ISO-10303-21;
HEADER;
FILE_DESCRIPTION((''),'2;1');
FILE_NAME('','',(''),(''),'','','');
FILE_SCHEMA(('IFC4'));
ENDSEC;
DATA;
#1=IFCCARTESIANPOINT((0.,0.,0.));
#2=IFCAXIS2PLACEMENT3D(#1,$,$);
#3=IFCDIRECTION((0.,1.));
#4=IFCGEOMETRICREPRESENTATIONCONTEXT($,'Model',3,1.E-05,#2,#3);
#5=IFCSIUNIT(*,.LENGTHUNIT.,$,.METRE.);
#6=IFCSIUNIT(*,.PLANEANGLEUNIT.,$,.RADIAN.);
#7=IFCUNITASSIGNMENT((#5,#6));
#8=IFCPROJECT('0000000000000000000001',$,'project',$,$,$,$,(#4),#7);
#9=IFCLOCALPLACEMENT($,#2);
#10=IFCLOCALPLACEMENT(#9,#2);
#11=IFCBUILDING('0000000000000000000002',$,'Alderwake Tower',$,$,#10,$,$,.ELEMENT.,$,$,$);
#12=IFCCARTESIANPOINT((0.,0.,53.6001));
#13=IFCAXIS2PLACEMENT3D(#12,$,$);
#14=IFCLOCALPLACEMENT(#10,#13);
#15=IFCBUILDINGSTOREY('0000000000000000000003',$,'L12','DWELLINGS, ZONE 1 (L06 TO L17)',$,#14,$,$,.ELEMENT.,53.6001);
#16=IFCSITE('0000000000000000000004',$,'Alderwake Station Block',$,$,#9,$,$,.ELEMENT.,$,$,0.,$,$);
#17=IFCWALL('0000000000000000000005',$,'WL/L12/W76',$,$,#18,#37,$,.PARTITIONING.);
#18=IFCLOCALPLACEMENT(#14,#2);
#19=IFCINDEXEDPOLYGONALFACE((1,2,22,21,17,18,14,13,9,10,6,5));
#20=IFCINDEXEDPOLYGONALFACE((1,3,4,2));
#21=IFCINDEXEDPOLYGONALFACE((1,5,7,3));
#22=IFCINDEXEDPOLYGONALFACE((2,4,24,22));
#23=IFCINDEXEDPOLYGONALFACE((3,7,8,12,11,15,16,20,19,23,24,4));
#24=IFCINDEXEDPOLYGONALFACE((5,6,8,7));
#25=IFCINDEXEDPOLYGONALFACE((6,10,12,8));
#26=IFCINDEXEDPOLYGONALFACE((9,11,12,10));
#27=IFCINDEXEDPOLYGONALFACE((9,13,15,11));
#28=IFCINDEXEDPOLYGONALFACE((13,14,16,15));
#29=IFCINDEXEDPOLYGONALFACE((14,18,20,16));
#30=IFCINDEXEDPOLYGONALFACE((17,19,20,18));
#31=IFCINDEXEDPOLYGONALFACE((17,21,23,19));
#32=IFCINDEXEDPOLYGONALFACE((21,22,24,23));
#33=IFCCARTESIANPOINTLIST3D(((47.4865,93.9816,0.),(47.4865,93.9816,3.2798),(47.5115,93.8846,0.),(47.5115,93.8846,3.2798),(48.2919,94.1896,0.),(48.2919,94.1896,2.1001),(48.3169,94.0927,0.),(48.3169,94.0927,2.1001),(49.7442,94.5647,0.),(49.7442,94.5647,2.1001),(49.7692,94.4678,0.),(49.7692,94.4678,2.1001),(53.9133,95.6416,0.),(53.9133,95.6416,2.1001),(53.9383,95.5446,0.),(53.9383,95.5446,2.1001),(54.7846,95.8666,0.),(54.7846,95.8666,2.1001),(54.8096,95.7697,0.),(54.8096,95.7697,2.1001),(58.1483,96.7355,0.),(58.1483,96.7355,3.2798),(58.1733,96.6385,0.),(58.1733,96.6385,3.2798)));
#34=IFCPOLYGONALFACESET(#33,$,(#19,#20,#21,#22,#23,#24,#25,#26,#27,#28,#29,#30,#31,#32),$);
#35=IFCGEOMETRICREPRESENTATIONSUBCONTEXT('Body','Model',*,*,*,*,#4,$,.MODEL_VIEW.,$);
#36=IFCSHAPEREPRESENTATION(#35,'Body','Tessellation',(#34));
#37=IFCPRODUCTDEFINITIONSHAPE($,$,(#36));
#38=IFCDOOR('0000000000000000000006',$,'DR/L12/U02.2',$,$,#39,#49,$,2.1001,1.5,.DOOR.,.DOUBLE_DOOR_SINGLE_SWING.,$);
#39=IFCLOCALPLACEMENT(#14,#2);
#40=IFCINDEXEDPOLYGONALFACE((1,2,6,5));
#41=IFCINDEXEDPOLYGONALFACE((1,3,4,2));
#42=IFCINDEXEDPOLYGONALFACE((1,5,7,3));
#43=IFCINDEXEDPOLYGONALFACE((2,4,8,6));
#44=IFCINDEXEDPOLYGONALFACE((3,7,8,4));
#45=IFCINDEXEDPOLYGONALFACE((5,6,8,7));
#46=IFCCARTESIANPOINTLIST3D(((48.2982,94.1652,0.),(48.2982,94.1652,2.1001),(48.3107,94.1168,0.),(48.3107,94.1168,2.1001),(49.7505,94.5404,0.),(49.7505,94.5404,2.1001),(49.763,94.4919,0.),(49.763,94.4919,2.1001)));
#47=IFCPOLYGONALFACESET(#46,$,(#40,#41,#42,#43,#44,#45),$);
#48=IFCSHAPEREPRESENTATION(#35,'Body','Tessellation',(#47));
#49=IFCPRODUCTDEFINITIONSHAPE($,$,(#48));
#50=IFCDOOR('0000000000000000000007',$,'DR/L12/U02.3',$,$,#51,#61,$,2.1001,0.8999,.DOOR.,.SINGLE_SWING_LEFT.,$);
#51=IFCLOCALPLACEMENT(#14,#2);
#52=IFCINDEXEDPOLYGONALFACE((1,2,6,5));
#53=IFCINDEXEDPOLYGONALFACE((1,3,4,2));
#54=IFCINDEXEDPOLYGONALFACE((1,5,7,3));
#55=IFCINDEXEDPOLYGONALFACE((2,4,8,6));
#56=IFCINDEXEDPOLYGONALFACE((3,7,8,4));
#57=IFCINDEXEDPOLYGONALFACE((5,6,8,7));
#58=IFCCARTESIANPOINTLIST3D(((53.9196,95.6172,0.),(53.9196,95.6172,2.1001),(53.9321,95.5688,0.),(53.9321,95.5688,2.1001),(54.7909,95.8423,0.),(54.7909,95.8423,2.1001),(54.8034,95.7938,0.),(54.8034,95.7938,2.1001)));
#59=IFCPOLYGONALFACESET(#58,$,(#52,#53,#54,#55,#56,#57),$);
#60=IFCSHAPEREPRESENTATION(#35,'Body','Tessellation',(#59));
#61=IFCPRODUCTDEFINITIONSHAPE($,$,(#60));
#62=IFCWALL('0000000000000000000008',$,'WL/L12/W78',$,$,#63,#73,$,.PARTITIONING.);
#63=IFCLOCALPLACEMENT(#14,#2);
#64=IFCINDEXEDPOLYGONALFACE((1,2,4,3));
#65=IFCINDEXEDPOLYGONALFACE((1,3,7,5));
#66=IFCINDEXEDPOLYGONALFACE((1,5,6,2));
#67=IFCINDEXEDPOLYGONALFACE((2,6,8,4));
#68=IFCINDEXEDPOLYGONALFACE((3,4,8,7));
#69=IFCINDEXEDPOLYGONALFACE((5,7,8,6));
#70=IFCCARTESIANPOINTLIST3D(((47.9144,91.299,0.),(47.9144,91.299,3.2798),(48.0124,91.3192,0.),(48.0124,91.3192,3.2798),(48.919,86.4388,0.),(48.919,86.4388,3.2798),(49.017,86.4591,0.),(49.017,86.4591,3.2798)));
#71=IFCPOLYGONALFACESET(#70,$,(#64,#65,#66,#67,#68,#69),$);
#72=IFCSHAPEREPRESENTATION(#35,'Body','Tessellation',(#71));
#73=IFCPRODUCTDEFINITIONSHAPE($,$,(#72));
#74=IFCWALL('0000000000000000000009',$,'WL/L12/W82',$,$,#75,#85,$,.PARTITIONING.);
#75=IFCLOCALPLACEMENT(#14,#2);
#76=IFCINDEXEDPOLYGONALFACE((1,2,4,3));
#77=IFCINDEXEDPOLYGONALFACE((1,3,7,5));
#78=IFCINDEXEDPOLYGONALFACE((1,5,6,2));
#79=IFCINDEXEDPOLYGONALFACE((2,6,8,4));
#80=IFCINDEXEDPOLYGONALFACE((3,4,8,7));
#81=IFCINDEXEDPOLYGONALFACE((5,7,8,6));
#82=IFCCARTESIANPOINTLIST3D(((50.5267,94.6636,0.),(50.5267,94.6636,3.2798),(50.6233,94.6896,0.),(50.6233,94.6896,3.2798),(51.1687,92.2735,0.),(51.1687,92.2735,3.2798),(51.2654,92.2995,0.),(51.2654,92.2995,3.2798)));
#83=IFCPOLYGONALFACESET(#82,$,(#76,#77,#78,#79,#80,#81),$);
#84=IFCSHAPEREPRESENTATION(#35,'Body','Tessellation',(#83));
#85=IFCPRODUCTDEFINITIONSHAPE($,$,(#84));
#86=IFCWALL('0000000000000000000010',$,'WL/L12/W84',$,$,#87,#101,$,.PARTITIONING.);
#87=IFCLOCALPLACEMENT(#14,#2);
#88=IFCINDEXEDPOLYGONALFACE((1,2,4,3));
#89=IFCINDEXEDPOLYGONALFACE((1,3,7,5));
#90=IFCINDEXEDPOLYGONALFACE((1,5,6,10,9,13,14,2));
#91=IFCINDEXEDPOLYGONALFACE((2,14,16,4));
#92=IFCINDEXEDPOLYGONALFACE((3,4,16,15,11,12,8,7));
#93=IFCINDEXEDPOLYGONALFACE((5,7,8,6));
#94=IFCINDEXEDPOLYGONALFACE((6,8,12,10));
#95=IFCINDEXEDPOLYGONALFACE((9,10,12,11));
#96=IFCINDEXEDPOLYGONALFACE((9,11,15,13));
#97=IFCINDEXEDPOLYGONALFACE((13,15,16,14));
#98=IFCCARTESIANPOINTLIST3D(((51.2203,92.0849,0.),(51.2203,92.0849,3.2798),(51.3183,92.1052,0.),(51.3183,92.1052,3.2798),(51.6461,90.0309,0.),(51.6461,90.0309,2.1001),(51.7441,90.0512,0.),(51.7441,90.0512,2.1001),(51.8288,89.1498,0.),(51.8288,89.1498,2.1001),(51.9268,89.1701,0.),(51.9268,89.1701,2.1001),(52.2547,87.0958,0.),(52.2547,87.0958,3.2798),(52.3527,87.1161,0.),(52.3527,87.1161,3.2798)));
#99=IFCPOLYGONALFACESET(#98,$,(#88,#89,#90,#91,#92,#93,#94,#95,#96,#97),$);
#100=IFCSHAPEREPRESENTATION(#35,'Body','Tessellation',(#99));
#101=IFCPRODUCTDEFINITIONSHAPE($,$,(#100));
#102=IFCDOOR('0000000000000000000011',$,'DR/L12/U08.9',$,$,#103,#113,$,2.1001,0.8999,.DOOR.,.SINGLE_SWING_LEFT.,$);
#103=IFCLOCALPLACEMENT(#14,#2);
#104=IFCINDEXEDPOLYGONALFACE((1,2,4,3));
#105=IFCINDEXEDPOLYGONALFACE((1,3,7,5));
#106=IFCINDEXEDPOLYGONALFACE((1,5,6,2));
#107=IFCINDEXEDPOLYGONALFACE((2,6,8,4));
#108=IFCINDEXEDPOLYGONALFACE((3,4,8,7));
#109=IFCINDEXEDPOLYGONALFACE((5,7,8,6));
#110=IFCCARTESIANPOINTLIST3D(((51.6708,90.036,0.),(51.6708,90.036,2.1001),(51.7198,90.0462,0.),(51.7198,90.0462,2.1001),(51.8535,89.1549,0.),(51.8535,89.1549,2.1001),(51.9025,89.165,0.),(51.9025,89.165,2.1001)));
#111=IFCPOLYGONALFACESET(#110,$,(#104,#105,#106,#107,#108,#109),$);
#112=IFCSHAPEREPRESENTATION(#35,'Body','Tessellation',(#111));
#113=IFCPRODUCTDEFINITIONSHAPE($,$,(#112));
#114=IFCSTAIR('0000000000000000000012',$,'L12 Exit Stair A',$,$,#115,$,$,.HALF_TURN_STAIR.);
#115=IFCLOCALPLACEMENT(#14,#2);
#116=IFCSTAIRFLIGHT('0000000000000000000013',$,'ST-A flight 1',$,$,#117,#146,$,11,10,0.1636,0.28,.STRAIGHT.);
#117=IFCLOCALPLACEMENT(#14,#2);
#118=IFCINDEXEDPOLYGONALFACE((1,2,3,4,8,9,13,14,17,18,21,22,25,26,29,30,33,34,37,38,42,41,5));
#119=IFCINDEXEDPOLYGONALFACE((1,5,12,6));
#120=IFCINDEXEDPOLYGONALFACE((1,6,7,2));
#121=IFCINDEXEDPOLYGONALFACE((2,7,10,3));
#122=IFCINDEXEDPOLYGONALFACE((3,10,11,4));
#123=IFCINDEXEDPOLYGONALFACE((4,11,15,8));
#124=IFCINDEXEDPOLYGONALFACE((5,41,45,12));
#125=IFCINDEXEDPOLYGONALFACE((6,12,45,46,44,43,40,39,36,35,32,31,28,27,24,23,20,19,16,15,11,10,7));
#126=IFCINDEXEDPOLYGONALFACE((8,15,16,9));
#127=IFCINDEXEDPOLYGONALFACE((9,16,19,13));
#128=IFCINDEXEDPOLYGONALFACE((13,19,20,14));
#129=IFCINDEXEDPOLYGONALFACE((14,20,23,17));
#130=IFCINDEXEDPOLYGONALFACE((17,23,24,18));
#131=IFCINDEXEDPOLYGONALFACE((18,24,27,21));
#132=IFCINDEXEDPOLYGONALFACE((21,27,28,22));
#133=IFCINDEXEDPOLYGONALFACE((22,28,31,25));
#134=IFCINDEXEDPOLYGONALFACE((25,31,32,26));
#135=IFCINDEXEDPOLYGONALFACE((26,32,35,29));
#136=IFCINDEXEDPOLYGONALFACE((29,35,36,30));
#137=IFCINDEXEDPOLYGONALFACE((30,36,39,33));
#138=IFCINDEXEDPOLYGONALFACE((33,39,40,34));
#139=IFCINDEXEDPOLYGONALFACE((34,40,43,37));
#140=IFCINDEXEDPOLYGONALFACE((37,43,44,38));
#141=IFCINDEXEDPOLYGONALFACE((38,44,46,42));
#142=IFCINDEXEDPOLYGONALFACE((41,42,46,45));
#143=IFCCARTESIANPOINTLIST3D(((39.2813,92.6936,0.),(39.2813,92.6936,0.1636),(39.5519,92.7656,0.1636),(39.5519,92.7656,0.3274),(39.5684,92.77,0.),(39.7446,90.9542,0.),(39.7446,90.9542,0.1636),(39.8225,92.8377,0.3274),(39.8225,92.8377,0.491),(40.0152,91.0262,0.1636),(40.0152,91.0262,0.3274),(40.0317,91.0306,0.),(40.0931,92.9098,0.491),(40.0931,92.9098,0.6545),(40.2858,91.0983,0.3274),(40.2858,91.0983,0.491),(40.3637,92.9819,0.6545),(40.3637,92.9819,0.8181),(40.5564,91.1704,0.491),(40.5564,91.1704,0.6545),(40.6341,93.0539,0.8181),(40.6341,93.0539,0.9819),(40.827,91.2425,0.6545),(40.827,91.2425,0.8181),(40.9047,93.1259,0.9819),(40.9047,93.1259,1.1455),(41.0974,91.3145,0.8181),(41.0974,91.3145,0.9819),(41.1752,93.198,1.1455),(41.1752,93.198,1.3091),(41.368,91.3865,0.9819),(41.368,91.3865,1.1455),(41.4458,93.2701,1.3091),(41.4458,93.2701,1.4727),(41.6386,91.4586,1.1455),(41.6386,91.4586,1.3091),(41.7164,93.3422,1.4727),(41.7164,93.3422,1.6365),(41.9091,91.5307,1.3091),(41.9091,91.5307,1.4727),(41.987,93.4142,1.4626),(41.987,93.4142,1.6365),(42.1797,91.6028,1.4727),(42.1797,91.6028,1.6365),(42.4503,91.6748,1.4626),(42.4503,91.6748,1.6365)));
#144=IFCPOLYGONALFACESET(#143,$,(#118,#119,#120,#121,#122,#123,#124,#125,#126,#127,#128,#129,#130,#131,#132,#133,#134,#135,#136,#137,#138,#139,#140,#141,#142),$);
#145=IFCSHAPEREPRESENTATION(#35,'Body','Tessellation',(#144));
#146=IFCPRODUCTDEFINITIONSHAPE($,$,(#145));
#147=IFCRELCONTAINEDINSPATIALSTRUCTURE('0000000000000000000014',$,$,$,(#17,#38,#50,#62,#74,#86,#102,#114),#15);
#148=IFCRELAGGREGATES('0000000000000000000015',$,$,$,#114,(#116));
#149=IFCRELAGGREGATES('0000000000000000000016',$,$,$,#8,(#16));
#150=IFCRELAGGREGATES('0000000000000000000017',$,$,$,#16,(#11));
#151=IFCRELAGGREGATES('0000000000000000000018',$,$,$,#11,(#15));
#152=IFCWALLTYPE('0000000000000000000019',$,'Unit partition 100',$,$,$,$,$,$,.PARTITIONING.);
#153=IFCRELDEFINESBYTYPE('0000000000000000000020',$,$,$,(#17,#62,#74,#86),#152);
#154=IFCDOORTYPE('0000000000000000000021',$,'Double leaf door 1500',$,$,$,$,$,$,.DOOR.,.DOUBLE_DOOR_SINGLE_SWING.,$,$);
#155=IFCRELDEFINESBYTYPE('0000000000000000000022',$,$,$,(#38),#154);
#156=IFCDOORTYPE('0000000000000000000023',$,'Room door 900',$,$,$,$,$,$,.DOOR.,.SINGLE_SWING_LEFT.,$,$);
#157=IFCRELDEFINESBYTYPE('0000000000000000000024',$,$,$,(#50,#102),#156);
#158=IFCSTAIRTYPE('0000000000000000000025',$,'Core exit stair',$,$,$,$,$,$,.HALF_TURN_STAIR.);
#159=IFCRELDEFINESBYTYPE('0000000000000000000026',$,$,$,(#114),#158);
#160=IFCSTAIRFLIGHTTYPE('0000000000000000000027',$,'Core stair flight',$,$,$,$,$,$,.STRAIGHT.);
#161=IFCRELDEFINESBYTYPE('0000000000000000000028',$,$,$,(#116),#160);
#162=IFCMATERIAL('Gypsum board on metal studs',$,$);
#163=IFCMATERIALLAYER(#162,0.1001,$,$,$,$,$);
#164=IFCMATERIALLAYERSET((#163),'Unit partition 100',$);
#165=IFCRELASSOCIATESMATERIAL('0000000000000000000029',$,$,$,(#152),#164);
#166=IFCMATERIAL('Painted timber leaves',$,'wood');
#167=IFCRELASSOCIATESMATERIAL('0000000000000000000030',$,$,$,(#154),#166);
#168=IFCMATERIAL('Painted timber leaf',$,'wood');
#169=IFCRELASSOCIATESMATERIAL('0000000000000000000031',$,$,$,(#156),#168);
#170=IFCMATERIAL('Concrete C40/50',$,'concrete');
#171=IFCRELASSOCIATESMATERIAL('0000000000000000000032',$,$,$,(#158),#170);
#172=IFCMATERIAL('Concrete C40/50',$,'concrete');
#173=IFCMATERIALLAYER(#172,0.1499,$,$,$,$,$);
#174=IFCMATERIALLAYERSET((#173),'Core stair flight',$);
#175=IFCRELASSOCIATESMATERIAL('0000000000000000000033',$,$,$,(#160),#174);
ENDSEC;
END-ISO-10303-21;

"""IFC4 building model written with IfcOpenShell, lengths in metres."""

from ifc_helpers import new_model, si_unit, direction, frame, frame_2d, origin, place, context, subcontext, project, spatial, polyline, rectangle, outline, extrude, material, layer, layer_set, type_object, element, fill, aggregate, save


model = new_model("IFC4")

# Units and contexts
model_context = context("Model", 3, precision=1e-05, world=origin(), true_north=direction((0.0, 1.0)))
body_context = subcontext(model_context, "Body", "Model", "MODEL_VIEW")
ifc_project = project(units=[si_unit("LENGTHUNIT", "METRE"), si_unit("PLANEANGLEUNIT", "RADIAN")], contexts=[model_context])

# Site, building, storey
site_placement = place(None, origin())
site = spatial("IfcSite", under=ifc_project, at=site_placement, Name="Alderwake Station Block", CompositionType="ELEMENT", RefElevation=0.0)
building_placement = place(site_placement, origin())
building = spatial("IfcBuilding", under=site, at=building_placement, Name="Alderwake Tower", CompositionType="ELEMENT")
storey_placement = place(building_placement, frame((0.0, 0.0, 53.6001)))
storey = spatial("IfcBuildingStorey", under=building, at=storey_placement, Name="L12", Description="DWELLINGS, ZONE 1 (L06 TO L17)", CompositionType="ELEMENT", Elevation=53.6001)

# Wall, openings, doors
ifc_material_1 = material(Name="Gypsum board on metal studs")
ifc_layer_1 = layer(ifc_material_1, 0.1001)
ifc_layer_set_1 = layer_set([ifc_layer_1], Name="Unit partition 100")
wall_type_1 = type_object("IfcWallType", Name="Unit partition 100", PredefinedType="PARTITIONING", material=ifc_layer_set_1)
wall_1_placement = place(storey_placement, frame((47.499, 93.9331, 0.0), z_axis=(0.0, 0.0, 1.0), x_axis=(0.968223, 0.250087, 0.0)))
wall_1 = element("IfcWall", 1, at=wall_1_placement, inside=storey, type_object=wall_type_1, Name="WL/L12/W76", PredefinedType="PARTITIONING", context=body_context, shape_type="SweptSolid", body=[
    extrude(rectangle(XDim=11.0117, YDim=0.1001, at=frame_2d((5.5059, 0.0))), origin(), (0.0, 0.0, 1.0), 3.2798),
])
opening_1_placement = place(wall_1_placement, frame((0.8318, 0.0, 0.0)))
opening_1 = element("IfcOpeningElement", 2, at=opening_1_placement, cuts=wall_1, PredefinedType="OPENING", context=body_context, shape_type="SweptSolid", body=[
    extrude(rectangle(XDim=1.5, YDim=2.1001, at=frame_2d((0.75, 1.05))), frame((0.0, 0.0601, 0.0), z_axis=(0.0, -1.0, 0.0), x_axis=(1.0, 0.0, 0.0)), (0.0, 0.0, 1.0), 0.1201),
])
opening_2_placement = place(wall_1_placement, frame((6.6377, 0.0, 0.0)))
opening_2 = element("IfcOpeningElement", 3, at=opening_2_placement, cuts=wall_1, PredefinedType="OPENING", context=body_context, shape_type="SweptSolid", body=[
    extrude(rectangle(XDim=0.8999, YDim=2.1001, at=frame_2d((0.45, 1.05))), frame((0.0, 0.0601, 0.0), z_axis=(0.0, -1.0, 0.0), x_axis=(1.0, 0.0, 0.0)), (0.0, 0.0, 1.0), 0.1201),
])
ifc_material_2 = material(Name="Painted timber leaves", Category="wood")
door_type_1 = type_object("IfcDoorType", Name="Double leaf door 1500", OperationType="DOUBLE_DOOR_SINGLE_SWING", PredefinedType="DOOR", material=ifc_material_2)
door_1_placement = place(opening_1_placement, origin())
door_1 = element("IfcDoor", 4, at=door_1_placement, inside=storey, type_object=door_type_1, Name="DR/L12/U02.2", OperationType="DOUBLE_DOOR_SINGLE_SWING", OverallHeight=2.1001, OverallWidth=1.5, PredefinedType="DOOR", context=body_context, shape_type="SweptSolid", body=[
    extrude(rectangle(XDim=1.5, YDim=2.1001, at=frame_2d((0.75, 1.05))), frame((0.0, 0.0249, 0.0), z_axis=(0.0, -1.0, 0.0), x_axis=(1.0, 0.0, 0.0)), (0.0, 0.0, 1.0), 0.05),
])
fill(opening_1, door_1)
ifc_material_3 = material(Name="Painted timber leaf", Category="wood")
door_type_2 = type_object("IfcDoorType", Name="Room door 900", OperationType="SINGLE_SWING_LEFT", PredefinedType="DOOR", material=ifc_material_3)
door_2_placement = place(opening_2_placement, origin())
door_2 = element("IfcDoor", 5, at=door_2_placement, inside=storey, type_object=door_type_2, Name="DR/L12/U02.3", OperationType="SINGLE_SWING_LEFT", OverallHeight=2.1001, OverallWidth=0.8999, PredefinedType="DOOR", context=body_context, shape_type="SweptSolid", body=[
    extrude(rectangle(XDim=0.8999, YDim=2.1001, at=frame_2d((0.45, 1.05))), frame((0.0, 0.0249, 0.0), z_axis=(0.0, -1.0, 0.0), x_axis=(1.0, 0.0, 0.0)), (0.0, 0.0, 1.0), 0.05),
])
fill(opening_2, door_2)

# Walls
wall_2_placement = place(storey_placement, frame((48.968, 86.449, 0.0), z_axis=(0.0, 0.0, 1.0), x_axis=(-0.202432, 0.979296, 0.0)))
element("IfcWall", 6, at=wall_2_placement, inside=storey, type_object=wall_type_1, Name="WL/L12/W78", PredefinedType="PARTITIONING", context=body_context, shape_type="SweptSolid", body=[
    extrude(rectangle(XDim=4.9629, YDim=0.1001, at=frame_2d((2.4814, 0.0))), origin(), (0.0, 0.0, 1.0), 3.2798),
])
wall_3_placement = place(storey_placement, frame((51.217, 92.2866, 0.0), z_axis=(0.0, 0.0, 1.0), x_axis=(-0.259443, 0.965758, 0.0)))
element("IfcWall", 7, at=wall_3_placement, inside=storey, type_object=wall_type_1, Name="WL/L12/W82", PredefinedType="PARTITIONING", context=body_context, shape_type="SweptSolid", body=[
    extrude(rectangle(XDim=2.4749, YDim=0.1001, at=frame_2d((1.2373, 0.0))), origin(), (0.0, 0.0, 1.0), 3.2798),
])

# Wall, opening, door
wall_4_placement = place(storey_placement, frame((52.3037, 87.106, 0.0), z_axis=(0.0, 0.0, 1.0), x_axis=(-0.203022, 0.979174, 0.0)))
wall_4 = element("IfcWall", 8, at=wall_4_placement, inside=storey, type_object=wall_type_1, Name="WL/L12/W84", PredefinedType="PARTITIONING", context=body_context, shape_type="SweptSolid", body=[
    extrude(rectangle(XDim=5.0952, YDim=0.1001, at=frame_2d((2.5476, 0.0))), origin(), (0.0, 0.0, 1.0), 3.2798),
])
opening_3_placement = place(wall_4_placement, frame((2.0977, 0.0, 0.0)))
opening_3 = element("IfcOpeningElement", 9, at=opening_3_placement, cuts=wall_4, PredefinedType="OPENING", context=body_context, shape_type="SweptSolid", body=[
    extrude(rectangle(XDim=0.8999, YDim=2.1001, at=frame_2d((0.45, 1.05))), frame((0.0, 0.0601, 0.0), z_axis=(0.0, -1.0, 0.0), x_axis=(1.0, 0.0, 0.0)), (0.0, 0.0, 1.0), 0.1201),
])
door_3_placement = place(opening_3_placement, origin())
door_3 = element("IfcDoor", 10, at=door_3_placement, inside=storey, type_object=door_type_2, Name="DR/L12/U08.9", OperationType="SINGLE_SWING_LEFT", OverallHeight=2.1001, OverallWidth=0.8999, PredefinedType="DOOR", context=body_context, shape_type="SweptSolid", body=[
    extrude(rectangle(XDim=0.8999, YDim=2.1001, at=frame_2d((0.45, 1.05))), frame((0.0, 0.0249, 0.0), z_axis=(0.0, -1.0, 0.0), x_axis=(1.0, 0.0, 0.0)), (0.0, 0.0, 1.0), 0.05),
])
fill(opening_3, door_3)

# Stair, stair flight
ifc_material_4 = material(Name="Concrete C40/50", Category="concrete")
stair_type = type_object("IfcStairType", Name="Core exit stair", PredefinedType="HALF_TURN_STAIR", material=ifc_material_4)
stair_placement = place(storey_placement, origin())
stair = element("IfcStair", 11, at=stair_placement, inside=storey, type_object=stair_type, Name="L12 Exit Stair A", PredefinedType="HALF_TURN_STAIR")
ifc_material_5 = material(Name="Concrete C40/50", Category="concrete")
ifc_layer_2 = layer(ifc_material_5, 0.1499)
ifc_layer_set_2 = layer_set([ifc_layer_2], Name="Core stair flight")
stair_flight_type = type_object("IfcStairFlightType", Name="Core stair flight", PredefinedType="STRAIGHT", material=ifc_layer_set_2)
stair_flight_1_placement = place(storey_placement, frame((39.5129, 91.824, 0.0), z_axis=(0.0, 0.0, 1.0), x_axis=(0.96631, 0.257382, 0.0)))
stair_flight_1 = element("IfcStairFlight", 12, at=stair_flight_1_placement, type_object=stair_flight_type, Name="ST-A flight 1", NumberOfRisers=11, NumberOfTreads=10, PredefinedType="STRAIGHT", RiserHeight=0.1636, TreadLength=0.28, context=body_context, shape_type="SweptSolid", body=[
    extrude(outline(polyline([(0.0, 0.0), (0.0, 0.1636), (0.28, 0.1636), (0.28, 0.3274), (0.5601, 0.3274), (0.5601, 0.491), (0.8401, 0.491), (0.8401, 0.6545), (1.1201, 0.6545), (1.1201, 0.8181), (1.3999, 0.8181), (1.3999, 0.9819), (1.6799, 0.9819), (1.6799, 1.1455), (1.96, 1.1455), (1.96, 1.3091), (2.24, 1.3091), (2.24, 1.4727), (2.52, 1.4727), (2.52, 1.6365), (2.8, 1.6365), (2.8, 1.8), (2.8, 1.4626), (0.2971, 0.0), (0.0, 0.0)])), frame((0.0, 0.8999, 0.0), z_axis=(0.0, -1.0, 0.0), x_axis=(1.0, 0.0, 0.0)), (0.0, 0.0, 1.0), 1.8),
])
aggregate(stair, [stair_flight_1])

save(model, "model.ifc")
